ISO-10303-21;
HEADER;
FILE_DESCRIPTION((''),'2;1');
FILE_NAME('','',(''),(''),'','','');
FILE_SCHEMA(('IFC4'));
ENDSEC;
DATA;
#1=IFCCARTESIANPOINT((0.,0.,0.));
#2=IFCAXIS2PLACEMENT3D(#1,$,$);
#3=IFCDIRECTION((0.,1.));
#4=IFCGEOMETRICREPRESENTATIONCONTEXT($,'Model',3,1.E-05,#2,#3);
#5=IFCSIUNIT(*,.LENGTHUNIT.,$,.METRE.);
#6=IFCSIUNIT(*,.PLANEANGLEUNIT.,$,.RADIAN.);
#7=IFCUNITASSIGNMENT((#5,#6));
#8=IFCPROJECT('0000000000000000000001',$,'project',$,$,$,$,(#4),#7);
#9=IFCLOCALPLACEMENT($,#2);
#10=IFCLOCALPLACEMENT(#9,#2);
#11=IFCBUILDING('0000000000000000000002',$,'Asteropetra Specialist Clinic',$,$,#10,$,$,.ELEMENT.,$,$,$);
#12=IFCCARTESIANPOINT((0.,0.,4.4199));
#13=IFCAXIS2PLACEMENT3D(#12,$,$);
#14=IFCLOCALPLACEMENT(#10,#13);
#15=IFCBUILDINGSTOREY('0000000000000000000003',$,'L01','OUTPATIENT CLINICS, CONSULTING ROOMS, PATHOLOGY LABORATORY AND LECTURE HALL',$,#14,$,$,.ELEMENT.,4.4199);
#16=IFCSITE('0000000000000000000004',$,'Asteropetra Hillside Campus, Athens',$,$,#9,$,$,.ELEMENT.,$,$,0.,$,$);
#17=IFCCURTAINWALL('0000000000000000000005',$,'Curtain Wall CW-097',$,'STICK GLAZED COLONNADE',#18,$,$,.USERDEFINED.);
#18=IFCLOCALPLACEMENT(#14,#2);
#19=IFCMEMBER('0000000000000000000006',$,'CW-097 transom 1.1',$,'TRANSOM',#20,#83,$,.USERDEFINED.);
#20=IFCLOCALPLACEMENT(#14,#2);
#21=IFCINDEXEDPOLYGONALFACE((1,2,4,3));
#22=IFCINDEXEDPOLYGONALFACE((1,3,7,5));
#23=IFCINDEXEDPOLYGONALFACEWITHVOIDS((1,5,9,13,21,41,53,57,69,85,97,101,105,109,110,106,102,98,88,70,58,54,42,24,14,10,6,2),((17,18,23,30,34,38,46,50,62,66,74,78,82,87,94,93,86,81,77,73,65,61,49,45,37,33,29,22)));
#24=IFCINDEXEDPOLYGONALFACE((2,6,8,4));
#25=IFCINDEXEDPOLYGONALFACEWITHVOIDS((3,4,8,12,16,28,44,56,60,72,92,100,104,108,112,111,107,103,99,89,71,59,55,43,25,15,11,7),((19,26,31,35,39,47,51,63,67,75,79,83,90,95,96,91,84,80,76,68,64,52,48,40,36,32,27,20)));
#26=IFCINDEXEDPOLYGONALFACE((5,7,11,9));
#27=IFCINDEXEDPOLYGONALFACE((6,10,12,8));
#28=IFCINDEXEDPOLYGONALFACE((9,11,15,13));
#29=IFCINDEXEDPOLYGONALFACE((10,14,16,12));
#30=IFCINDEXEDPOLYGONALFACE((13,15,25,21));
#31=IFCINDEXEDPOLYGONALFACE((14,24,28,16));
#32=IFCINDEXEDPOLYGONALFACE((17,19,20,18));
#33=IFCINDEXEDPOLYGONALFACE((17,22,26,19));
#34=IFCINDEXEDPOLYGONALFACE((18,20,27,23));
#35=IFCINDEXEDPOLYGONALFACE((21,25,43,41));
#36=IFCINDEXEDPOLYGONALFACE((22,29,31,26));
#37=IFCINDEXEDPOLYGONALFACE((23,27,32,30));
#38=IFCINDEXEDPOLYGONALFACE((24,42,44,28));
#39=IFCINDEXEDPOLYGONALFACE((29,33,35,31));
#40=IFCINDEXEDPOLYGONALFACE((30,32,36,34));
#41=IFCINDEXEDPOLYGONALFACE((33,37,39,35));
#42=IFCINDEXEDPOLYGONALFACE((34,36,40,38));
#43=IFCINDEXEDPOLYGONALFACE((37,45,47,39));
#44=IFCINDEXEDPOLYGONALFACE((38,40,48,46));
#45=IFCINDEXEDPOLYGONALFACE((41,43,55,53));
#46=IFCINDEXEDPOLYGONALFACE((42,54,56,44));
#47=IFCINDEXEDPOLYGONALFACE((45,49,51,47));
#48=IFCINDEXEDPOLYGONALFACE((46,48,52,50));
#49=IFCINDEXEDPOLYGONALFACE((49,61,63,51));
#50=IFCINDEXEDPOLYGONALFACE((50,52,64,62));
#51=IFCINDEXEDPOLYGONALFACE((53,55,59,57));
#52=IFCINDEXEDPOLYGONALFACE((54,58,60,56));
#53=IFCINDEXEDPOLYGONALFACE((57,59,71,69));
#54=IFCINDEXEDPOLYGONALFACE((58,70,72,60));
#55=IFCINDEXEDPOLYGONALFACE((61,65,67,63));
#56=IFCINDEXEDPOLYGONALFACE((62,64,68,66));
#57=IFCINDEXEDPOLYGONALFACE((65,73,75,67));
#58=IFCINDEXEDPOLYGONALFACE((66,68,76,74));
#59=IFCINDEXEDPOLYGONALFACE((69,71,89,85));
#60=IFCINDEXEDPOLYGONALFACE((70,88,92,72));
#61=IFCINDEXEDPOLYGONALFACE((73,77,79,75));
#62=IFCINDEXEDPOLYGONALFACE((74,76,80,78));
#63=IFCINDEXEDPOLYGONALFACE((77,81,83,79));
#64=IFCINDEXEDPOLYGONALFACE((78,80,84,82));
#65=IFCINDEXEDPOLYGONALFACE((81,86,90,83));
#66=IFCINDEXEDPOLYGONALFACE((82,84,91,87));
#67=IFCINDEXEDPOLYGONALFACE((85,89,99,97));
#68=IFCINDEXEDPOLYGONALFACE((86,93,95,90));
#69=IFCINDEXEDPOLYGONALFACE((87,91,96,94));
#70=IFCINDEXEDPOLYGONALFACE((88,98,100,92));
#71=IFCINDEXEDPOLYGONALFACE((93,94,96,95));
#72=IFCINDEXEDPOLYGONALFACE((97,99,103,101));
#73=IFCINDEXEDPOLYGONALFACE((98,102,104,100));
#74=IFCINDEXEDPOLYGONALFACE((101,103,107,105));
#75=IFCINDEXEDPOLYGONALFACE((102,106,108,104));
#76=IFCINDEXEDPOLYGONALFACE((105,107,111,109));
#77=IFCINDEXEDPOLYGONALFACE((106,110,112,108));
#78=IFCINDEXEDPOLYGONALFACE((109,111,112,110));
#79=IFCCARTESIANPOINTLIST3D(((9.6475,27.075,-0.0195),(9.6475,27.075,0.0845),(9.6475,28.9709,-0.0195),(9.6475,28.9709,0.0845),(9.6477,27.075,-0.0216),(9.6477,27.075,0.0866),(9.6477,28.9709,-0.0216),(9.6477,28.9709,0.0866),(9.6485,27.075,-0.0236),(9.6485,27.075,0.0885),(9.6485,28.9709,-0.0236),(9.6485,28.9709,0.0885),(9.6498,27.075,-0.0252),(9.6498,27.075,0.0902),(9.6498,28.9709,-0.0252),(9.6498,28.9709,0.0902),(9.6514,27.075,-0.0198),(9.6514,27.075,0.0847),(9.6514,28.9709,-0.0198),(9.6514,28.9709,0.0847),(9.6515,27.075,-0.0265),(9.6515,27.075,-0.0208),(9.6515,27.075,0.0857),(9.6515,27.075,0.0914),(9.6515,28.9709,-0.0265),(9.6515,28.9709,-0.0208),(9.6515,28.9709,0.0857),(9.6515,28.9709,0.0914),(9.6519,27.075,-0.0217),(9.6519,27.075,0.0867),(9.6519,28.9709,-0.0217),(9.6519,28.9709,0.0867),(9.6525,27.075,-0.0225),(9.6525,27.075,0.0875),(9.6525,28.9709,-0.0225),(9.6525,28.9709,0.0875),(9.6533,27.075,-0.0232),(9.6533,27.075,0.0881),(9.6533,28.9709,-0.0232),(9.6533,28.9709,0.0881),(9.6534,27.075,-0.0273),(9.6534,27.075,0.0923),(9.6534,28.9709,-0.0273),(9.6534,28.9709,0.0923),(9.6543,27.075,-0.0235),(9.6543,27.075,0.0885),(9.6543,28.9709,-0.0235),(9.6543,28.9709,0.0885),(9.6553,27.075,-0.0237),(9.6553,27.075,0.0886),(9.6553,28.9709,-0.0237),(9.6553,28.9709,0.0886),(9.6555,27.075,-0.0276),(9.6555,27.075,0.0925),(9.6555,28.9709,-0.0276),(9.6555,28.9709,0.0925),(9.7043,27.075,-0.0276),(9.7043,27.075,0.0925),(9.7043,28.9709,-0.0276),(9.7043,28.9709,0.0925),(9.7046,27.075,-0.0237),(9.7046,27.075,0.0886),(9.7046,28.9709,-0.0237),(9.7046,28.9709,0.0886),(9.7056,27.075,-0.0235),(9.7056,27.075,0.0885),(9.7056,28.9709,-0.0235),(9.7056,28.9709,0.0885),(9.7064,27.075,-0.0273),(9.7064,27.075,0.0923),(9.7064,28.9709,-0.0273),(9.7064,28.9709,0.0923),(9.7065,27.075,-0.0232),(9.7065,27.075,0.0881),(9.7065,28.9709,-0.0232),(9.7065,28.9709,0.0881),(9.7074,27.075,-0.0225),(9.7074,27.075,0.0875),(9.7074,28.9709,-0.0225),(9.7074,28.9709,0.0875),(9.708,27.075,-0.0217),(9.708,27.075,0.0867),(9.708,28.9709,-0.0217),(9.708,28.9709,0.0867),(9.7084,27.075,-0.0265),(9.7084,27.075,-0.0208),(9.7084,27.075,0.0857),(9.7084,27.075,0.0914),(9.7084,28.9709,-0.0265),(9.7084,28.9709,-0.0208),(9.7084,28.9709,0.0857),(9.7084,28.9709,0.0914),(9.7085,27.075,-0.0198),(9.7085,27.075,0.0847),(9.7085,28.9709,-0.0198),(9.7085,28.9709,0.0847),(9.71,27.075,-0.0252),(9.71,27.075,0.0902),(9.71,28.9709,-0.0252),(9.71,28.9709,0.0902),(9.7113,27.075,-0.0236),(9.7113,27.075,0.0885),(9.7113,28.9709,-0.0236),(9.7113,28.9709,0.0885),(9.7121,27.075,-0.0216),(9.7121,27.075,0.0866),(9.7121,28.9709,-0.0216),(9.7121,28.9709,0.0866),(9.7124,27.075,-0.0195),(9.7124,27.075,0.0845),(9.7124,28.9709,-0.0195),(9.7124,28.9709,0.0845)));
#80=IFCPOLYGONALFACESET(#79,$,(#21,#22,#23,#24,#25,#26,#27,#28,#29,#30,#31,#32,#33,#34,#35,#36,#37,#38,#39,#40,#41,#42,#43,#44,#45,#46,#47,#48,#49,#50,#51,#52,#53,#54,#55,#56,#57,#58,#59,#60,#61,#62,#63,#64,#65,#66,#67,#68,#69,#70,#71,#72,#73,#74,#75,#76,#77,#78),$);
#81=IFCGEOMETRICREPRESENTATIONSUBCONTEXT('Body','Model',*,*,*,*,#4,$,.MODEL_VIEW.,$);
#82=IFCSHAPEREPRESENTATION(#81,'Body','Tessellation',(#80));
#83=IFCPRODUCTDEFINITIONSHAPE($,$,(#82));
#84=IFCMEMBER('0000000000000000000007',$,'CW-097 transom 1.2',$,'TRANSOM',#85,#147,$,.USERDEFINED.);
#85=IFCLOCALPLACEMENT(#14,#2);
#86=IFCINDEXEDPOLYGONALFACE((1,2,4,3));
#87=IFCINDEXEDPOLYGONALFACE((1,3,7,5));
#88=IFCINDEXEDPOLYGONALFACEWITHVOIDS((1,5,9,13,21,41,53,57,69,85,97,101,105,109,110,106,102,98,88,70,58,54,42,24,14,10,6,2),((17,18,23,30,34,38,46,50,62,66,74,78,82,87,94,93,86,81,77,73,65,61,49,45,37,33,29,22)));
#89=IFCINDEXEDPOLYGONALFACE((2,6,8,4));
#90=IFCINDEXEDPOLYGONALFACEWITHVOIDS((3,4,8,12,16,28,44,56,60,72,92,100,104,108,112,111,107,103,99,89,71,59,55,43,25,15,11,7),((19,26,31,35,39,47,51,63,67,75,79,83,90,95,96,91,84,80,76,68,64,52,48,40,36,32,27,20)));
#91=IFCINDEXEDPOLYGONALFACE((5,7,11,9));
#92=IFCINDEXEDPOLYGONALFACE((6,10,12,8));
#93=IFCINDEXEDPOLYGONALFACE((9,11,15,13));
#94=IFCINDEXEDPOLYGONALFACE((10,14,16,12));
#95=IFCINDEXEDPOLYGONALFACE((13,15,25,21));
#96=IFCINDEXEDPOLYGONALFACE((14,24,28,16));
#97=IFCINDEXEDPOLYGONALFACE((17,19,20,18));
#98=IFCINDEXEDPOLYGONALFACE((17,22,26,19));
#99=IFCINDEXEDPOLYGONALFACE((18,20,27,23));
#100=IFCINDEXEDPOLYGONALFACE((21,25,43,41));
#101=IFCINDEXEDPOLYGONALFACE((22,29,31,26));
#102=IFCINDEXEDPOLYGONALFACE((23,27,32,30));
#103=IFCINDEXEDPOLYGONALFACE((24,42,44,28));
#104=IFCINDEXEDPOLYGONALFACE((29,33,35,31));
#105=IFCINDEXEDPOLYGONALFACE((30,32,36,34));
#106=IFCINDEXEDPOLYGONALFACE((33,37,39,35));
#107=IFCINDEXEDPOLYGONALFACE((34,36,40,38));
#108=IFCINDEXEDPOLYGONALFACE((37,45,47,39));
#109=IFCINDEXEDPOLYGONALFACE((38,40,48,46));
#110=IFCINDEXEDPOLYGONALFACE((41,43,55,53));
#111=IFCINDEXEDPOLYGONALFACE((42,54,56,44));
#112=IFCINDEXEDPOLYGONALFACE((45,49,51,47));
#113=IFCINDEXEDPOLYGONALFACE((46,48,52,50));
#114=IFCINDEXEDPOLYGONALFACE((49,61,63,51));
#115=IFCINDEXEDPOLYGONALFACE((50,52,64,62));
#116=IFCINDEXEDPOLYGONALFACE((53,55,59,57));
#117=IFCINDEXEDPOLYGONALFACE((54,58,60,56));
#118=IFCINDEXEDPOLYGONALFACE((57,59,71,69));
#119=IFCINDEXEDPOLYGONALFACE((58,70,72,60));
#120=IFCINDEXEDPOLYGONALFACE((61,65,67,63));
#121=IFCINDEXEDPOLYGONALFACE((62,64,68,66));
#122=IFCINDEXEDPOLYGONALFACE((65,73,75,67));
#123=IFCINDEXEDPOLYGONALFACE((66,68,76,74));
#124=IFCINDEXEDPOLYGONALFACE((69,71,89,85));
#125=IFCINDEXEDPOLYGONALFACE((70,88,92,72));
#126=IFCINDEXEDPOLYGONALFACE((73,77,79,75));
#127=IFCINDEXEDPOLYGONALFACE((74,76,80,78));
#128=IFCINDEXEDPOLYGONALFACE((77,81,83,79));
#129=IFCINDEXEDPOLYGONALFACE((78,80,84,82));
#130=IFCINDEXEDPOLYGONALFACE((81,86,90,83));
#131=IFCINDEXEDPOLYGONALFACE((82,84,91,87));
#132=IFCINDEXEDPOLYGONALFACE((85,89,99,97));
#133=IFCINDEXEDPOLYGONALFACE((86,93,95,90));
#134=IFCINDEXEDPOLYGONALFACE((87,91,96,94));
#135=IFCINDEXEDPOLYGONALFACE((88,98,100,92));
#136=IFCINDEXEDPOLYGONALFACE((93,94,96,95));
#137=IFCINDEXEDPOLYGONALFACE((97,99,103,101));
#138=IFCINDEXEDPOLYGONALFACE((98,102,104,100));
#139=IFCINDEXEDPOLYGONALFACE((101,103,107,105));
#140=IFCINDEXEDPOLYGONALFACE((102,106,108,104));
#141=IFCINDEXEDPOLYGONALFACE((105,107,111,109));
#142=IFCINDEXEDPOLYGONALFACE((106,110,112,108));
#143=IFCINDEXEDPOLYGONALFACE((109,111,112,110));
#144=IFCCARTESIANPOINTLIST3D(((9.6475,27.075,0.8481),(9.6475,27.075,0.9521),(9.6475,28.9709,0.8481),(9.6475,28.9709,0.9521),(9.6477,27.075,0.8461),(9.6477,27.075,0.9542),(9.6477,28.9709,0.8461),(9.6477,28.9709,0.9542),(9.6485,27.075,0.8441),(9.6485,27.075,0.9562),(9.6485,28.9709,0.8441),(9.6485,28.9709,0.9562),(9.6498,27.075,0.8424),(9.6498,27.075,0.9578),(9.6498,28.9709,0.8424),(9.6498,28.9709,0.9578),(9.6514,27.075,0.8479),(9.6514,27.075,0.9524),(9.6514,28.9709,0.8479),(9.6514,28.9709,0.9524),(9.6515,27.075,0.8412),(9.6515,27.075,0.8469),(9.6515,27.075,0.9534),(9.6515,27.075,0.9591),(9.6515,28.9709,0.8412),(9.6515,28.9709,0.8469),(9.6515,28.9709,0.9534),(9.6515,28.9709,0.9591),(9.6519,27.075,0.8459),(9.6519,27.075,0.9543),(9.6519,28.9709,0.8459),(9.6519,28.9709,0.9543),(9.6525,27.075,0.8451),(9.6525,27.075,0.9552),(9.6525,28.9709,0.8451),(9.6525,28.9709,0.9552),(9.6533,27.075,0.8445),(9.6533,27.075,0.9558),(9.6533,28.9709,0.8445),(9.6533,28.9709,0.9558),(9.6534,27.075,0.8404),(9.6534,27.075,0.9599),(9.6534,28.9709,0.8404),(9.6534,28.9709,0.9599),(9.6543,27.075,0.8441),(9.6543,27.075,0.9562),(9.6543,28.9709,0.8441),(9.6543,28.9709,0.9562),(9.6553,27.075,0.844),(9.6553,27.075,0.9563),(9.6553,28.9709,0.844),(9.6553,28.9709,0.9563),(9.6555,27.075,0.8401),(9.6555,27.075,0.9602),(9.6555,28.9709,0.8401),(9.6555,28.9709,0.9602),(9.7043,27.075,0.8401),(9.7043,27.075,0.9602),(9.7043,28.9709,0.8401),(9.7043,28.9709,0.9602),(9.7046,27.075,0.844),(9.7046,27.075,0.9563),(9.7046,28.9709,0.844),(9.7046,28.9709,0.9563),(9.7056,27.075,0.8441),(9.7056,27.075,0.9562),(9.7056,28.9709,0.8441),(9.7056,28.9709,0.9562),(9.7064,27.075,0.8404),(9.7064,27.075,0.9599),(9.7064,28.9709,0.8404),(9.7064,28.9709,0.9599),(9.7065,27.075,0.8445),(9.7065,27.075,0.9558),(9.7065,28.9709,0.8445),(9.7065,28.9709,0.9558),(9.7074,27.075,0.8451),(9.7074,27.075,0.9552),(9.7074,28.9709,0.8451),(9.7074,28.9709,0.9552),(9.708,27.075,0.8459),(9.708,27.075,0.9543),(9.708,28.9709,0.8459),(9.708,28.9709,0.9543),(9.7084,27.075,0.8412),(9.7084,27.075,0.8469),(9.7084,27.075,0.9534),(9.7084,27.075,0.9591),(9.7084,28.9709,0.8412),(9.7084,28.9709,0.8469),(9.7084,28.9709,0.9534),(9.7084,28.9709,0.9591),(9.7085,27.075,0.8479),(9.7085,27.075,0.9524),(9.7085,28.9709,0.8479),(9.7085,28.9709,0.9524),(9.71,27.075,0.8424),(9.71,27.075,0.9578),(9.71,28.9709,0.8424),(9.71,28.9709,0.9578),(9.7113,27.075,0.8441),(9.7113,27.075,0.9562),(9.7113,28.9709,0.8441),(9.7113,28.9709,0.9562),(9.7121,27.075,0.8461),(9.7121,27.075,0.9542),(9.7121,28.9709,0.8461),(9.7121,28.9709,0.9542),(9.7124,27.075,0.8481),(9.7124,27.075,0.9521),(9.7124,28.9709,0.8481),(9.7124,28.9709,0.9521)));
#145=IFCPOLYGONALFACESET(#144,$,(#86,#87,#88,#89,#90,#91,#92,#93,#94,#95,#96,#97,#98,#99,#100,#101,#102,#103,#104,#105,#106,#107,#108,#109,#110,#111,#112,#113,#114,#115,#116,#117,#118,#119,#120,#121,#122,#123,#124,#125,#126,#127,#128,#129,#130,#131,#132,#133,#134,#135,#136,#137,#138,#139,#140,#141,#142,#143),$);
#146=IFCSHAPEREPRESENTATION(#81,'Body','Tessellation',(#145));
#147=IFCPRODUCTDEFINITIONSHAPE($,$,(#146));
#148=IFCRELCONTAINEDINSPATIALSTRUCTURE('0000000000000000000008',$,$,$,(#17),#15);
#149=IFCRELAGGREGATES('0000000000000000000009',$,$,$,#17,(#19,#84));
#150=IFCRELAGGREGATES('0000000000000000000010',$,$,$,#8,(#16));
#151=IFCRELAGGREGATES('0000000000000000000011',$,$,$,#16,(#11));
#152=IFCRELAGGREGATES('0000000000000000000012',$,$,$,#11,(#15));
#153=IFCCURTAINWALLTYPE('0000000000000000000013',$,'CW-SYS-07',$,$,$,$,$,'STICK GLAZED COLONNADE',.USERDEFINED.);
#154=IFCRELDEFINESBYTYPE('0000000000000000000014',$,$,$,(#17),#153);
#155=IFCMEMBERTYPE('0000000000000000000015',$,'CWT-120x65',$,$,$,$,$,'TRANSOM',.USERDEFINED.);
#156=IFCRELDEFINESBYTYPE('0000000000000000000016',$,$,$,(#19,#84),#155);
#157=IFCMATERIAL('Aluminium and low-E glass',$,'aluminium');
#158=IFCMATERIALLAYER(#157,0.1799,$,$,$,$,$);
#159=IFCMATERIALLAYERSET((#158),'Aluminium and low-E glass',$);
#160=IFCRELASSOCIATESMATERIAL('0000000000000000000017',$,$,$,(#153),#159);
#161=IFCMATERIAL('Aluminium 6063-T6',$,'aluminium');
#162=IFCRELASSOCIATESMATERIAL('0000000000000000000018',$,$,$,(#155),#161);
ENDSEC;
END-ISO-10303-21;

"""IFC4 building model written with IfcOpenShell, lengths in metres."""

from ifc_helpers import new_model, si_unit, direction, frame, origin, origin_2d, place, context, subcontext, project, spatial, hollow_rectangle, extrude, material, layer, layer_set, material_profile, profile_set, type_object, element, aggregate, save


model = new_model("IFC4")

# Units and contexts
model_context = context("Model", 3, precision=1e-05, world=origin(), true_north=direction((0.0, 1.0)))
body_context = subcontext(model_context, "Body", "Model", "MODEL_VIEW")
ifc_project = project(units=[si_unit("LENGTHUNIT", "METRE"), si_unit("PLANEANGLEUNIT", "RADIAN")], contexts=[model_context])

# Site, building, storey
site_placement = place(None, origin())
site = spatial("IfcSite", under=ifc_project, at=site_placement, Name="Asteropetra Hillside Campus, Athens", CompositionType="ELEMENT", RefElevation=0.0)
building_placement = place(site_placement, origin())
building = spatial("IfcBuilding", under=site, at=building_placement, Name="Asteropetra Specialist Clinic", CompositionType="ELEMENT")
storey_placement = place(building_placement, frame((0.0, 0.0, 4.4199)))
storey = spatial("IfcBuildingStorey", under=building, at=storey_placement, Name="L01", Description="OUTPATIENT CLINICS, CONSULTING ROOMS, PATHOLOGY LABORATORY AND LECTURE HALL", CompositionType="ELEMENT", Elevation=4.4199)

# Curtain wall, members
ifc_material_1 = material(Name="Aluminium and low-E glass", Category="aluminium")
ifc_layer_1 = layer(ifc_material_1, 0.1799)
ifc_layer_set_1 = layer_set([ifc_layer_1], Name="Aluminium and low-E glass")
curtain_wall_type_1 = type_object("IfcCurtainWallType", Name="CW-SYS-07", ElementType="STICK GLAZED COLONNADE", PredefinedType="USERDEFINED", material=ifc_layer_set_1)
curtain_wall_1_placement = place(storey_placement, origin())
curtain_wall_1 = element("IfcCurtainWall", 1, at=curtain_wall_1_placement, inside=storey, type_object=curtain_wall_type_1, Name="Curtain Wall CW-097", ObjectType="STICK GLAZED COLONNADE", PredefinedType="USERDEFINED")
ifc_material_2 = material(Name="Aluminium 6063-T6", Category="aluminium")
ifc_material_profile_1 = material_profile(ifc_material_2, hollow_rectangle(XDim=0.0649, YDim=0.1201, WallThickness=0.0039, InnerFilletRadius=0.0039, OuterFilletRadius=0.0081, at=origin_2d()), Name="TRN 120x65x4.0")
ifc_profile_set_1 = profile_set([ifc_material_profile_1], Name="Aluminium 6063-T6")
member_type_1 = type_object("IfcMemberType", Name="CWT-120x65", ElementType="TRANSOM", PredefinedType="USERDEFINED", material=ifc_profile_set_1)
member_1_placement = place(storey_placement, frame((9.6799, 27.075, 0.0325), z_axis=(0.0, 1.0, 0.0), x_axis=(-1.0, 0.0, 0.0)))
member_1 = element("IfcMember", 2, at=member_1_placement, type_object=member_type_1, Name="CW-097 transom 1.1", ObjectType="TRANSOM", PredefinedType="USERDEFINED", context=body_context, shape_type="SweptSolid", body=[
    extrude(hollow_rectangle(XDim=0.0649, YDim=0.1201, WallThickness=0.0039, InnerFilletRadius=0.0039, OuterFilletRadius=0.0081, at=origin_2d()), origin(), (0.0, 0.0, 1.0), 1.896),
])
member_2_placement = place(storey_placement, frame((9.6799, 27.075, 0.9001), z_axis=(0.0, 1.0, 0.0), x_axis=(-1.0, 0.0, 0.0)))
member_2 = element("IfcMember", 3, at=member_2_placement, type_object=member_type_1, Name="CW-097 transom 1.2", ObjectType="TRANSOM", PredefinedType="USERDEFINED", context=body_context, shape_type="SweptSolid", body=[
    extrude(hollow_rectangle(XDim=0.0649, YDim=0.1201, WallThickness=0.0039, InnerFilletRadius=0.0039, OuterFilletRadius=0.0081, at=origin_2d()), origin(), (0.0, 0.0, 1.0), 1.896),
])

aggregate(curtain_wall_1, [member_1, member_2])

save(model, "model.ifc")
